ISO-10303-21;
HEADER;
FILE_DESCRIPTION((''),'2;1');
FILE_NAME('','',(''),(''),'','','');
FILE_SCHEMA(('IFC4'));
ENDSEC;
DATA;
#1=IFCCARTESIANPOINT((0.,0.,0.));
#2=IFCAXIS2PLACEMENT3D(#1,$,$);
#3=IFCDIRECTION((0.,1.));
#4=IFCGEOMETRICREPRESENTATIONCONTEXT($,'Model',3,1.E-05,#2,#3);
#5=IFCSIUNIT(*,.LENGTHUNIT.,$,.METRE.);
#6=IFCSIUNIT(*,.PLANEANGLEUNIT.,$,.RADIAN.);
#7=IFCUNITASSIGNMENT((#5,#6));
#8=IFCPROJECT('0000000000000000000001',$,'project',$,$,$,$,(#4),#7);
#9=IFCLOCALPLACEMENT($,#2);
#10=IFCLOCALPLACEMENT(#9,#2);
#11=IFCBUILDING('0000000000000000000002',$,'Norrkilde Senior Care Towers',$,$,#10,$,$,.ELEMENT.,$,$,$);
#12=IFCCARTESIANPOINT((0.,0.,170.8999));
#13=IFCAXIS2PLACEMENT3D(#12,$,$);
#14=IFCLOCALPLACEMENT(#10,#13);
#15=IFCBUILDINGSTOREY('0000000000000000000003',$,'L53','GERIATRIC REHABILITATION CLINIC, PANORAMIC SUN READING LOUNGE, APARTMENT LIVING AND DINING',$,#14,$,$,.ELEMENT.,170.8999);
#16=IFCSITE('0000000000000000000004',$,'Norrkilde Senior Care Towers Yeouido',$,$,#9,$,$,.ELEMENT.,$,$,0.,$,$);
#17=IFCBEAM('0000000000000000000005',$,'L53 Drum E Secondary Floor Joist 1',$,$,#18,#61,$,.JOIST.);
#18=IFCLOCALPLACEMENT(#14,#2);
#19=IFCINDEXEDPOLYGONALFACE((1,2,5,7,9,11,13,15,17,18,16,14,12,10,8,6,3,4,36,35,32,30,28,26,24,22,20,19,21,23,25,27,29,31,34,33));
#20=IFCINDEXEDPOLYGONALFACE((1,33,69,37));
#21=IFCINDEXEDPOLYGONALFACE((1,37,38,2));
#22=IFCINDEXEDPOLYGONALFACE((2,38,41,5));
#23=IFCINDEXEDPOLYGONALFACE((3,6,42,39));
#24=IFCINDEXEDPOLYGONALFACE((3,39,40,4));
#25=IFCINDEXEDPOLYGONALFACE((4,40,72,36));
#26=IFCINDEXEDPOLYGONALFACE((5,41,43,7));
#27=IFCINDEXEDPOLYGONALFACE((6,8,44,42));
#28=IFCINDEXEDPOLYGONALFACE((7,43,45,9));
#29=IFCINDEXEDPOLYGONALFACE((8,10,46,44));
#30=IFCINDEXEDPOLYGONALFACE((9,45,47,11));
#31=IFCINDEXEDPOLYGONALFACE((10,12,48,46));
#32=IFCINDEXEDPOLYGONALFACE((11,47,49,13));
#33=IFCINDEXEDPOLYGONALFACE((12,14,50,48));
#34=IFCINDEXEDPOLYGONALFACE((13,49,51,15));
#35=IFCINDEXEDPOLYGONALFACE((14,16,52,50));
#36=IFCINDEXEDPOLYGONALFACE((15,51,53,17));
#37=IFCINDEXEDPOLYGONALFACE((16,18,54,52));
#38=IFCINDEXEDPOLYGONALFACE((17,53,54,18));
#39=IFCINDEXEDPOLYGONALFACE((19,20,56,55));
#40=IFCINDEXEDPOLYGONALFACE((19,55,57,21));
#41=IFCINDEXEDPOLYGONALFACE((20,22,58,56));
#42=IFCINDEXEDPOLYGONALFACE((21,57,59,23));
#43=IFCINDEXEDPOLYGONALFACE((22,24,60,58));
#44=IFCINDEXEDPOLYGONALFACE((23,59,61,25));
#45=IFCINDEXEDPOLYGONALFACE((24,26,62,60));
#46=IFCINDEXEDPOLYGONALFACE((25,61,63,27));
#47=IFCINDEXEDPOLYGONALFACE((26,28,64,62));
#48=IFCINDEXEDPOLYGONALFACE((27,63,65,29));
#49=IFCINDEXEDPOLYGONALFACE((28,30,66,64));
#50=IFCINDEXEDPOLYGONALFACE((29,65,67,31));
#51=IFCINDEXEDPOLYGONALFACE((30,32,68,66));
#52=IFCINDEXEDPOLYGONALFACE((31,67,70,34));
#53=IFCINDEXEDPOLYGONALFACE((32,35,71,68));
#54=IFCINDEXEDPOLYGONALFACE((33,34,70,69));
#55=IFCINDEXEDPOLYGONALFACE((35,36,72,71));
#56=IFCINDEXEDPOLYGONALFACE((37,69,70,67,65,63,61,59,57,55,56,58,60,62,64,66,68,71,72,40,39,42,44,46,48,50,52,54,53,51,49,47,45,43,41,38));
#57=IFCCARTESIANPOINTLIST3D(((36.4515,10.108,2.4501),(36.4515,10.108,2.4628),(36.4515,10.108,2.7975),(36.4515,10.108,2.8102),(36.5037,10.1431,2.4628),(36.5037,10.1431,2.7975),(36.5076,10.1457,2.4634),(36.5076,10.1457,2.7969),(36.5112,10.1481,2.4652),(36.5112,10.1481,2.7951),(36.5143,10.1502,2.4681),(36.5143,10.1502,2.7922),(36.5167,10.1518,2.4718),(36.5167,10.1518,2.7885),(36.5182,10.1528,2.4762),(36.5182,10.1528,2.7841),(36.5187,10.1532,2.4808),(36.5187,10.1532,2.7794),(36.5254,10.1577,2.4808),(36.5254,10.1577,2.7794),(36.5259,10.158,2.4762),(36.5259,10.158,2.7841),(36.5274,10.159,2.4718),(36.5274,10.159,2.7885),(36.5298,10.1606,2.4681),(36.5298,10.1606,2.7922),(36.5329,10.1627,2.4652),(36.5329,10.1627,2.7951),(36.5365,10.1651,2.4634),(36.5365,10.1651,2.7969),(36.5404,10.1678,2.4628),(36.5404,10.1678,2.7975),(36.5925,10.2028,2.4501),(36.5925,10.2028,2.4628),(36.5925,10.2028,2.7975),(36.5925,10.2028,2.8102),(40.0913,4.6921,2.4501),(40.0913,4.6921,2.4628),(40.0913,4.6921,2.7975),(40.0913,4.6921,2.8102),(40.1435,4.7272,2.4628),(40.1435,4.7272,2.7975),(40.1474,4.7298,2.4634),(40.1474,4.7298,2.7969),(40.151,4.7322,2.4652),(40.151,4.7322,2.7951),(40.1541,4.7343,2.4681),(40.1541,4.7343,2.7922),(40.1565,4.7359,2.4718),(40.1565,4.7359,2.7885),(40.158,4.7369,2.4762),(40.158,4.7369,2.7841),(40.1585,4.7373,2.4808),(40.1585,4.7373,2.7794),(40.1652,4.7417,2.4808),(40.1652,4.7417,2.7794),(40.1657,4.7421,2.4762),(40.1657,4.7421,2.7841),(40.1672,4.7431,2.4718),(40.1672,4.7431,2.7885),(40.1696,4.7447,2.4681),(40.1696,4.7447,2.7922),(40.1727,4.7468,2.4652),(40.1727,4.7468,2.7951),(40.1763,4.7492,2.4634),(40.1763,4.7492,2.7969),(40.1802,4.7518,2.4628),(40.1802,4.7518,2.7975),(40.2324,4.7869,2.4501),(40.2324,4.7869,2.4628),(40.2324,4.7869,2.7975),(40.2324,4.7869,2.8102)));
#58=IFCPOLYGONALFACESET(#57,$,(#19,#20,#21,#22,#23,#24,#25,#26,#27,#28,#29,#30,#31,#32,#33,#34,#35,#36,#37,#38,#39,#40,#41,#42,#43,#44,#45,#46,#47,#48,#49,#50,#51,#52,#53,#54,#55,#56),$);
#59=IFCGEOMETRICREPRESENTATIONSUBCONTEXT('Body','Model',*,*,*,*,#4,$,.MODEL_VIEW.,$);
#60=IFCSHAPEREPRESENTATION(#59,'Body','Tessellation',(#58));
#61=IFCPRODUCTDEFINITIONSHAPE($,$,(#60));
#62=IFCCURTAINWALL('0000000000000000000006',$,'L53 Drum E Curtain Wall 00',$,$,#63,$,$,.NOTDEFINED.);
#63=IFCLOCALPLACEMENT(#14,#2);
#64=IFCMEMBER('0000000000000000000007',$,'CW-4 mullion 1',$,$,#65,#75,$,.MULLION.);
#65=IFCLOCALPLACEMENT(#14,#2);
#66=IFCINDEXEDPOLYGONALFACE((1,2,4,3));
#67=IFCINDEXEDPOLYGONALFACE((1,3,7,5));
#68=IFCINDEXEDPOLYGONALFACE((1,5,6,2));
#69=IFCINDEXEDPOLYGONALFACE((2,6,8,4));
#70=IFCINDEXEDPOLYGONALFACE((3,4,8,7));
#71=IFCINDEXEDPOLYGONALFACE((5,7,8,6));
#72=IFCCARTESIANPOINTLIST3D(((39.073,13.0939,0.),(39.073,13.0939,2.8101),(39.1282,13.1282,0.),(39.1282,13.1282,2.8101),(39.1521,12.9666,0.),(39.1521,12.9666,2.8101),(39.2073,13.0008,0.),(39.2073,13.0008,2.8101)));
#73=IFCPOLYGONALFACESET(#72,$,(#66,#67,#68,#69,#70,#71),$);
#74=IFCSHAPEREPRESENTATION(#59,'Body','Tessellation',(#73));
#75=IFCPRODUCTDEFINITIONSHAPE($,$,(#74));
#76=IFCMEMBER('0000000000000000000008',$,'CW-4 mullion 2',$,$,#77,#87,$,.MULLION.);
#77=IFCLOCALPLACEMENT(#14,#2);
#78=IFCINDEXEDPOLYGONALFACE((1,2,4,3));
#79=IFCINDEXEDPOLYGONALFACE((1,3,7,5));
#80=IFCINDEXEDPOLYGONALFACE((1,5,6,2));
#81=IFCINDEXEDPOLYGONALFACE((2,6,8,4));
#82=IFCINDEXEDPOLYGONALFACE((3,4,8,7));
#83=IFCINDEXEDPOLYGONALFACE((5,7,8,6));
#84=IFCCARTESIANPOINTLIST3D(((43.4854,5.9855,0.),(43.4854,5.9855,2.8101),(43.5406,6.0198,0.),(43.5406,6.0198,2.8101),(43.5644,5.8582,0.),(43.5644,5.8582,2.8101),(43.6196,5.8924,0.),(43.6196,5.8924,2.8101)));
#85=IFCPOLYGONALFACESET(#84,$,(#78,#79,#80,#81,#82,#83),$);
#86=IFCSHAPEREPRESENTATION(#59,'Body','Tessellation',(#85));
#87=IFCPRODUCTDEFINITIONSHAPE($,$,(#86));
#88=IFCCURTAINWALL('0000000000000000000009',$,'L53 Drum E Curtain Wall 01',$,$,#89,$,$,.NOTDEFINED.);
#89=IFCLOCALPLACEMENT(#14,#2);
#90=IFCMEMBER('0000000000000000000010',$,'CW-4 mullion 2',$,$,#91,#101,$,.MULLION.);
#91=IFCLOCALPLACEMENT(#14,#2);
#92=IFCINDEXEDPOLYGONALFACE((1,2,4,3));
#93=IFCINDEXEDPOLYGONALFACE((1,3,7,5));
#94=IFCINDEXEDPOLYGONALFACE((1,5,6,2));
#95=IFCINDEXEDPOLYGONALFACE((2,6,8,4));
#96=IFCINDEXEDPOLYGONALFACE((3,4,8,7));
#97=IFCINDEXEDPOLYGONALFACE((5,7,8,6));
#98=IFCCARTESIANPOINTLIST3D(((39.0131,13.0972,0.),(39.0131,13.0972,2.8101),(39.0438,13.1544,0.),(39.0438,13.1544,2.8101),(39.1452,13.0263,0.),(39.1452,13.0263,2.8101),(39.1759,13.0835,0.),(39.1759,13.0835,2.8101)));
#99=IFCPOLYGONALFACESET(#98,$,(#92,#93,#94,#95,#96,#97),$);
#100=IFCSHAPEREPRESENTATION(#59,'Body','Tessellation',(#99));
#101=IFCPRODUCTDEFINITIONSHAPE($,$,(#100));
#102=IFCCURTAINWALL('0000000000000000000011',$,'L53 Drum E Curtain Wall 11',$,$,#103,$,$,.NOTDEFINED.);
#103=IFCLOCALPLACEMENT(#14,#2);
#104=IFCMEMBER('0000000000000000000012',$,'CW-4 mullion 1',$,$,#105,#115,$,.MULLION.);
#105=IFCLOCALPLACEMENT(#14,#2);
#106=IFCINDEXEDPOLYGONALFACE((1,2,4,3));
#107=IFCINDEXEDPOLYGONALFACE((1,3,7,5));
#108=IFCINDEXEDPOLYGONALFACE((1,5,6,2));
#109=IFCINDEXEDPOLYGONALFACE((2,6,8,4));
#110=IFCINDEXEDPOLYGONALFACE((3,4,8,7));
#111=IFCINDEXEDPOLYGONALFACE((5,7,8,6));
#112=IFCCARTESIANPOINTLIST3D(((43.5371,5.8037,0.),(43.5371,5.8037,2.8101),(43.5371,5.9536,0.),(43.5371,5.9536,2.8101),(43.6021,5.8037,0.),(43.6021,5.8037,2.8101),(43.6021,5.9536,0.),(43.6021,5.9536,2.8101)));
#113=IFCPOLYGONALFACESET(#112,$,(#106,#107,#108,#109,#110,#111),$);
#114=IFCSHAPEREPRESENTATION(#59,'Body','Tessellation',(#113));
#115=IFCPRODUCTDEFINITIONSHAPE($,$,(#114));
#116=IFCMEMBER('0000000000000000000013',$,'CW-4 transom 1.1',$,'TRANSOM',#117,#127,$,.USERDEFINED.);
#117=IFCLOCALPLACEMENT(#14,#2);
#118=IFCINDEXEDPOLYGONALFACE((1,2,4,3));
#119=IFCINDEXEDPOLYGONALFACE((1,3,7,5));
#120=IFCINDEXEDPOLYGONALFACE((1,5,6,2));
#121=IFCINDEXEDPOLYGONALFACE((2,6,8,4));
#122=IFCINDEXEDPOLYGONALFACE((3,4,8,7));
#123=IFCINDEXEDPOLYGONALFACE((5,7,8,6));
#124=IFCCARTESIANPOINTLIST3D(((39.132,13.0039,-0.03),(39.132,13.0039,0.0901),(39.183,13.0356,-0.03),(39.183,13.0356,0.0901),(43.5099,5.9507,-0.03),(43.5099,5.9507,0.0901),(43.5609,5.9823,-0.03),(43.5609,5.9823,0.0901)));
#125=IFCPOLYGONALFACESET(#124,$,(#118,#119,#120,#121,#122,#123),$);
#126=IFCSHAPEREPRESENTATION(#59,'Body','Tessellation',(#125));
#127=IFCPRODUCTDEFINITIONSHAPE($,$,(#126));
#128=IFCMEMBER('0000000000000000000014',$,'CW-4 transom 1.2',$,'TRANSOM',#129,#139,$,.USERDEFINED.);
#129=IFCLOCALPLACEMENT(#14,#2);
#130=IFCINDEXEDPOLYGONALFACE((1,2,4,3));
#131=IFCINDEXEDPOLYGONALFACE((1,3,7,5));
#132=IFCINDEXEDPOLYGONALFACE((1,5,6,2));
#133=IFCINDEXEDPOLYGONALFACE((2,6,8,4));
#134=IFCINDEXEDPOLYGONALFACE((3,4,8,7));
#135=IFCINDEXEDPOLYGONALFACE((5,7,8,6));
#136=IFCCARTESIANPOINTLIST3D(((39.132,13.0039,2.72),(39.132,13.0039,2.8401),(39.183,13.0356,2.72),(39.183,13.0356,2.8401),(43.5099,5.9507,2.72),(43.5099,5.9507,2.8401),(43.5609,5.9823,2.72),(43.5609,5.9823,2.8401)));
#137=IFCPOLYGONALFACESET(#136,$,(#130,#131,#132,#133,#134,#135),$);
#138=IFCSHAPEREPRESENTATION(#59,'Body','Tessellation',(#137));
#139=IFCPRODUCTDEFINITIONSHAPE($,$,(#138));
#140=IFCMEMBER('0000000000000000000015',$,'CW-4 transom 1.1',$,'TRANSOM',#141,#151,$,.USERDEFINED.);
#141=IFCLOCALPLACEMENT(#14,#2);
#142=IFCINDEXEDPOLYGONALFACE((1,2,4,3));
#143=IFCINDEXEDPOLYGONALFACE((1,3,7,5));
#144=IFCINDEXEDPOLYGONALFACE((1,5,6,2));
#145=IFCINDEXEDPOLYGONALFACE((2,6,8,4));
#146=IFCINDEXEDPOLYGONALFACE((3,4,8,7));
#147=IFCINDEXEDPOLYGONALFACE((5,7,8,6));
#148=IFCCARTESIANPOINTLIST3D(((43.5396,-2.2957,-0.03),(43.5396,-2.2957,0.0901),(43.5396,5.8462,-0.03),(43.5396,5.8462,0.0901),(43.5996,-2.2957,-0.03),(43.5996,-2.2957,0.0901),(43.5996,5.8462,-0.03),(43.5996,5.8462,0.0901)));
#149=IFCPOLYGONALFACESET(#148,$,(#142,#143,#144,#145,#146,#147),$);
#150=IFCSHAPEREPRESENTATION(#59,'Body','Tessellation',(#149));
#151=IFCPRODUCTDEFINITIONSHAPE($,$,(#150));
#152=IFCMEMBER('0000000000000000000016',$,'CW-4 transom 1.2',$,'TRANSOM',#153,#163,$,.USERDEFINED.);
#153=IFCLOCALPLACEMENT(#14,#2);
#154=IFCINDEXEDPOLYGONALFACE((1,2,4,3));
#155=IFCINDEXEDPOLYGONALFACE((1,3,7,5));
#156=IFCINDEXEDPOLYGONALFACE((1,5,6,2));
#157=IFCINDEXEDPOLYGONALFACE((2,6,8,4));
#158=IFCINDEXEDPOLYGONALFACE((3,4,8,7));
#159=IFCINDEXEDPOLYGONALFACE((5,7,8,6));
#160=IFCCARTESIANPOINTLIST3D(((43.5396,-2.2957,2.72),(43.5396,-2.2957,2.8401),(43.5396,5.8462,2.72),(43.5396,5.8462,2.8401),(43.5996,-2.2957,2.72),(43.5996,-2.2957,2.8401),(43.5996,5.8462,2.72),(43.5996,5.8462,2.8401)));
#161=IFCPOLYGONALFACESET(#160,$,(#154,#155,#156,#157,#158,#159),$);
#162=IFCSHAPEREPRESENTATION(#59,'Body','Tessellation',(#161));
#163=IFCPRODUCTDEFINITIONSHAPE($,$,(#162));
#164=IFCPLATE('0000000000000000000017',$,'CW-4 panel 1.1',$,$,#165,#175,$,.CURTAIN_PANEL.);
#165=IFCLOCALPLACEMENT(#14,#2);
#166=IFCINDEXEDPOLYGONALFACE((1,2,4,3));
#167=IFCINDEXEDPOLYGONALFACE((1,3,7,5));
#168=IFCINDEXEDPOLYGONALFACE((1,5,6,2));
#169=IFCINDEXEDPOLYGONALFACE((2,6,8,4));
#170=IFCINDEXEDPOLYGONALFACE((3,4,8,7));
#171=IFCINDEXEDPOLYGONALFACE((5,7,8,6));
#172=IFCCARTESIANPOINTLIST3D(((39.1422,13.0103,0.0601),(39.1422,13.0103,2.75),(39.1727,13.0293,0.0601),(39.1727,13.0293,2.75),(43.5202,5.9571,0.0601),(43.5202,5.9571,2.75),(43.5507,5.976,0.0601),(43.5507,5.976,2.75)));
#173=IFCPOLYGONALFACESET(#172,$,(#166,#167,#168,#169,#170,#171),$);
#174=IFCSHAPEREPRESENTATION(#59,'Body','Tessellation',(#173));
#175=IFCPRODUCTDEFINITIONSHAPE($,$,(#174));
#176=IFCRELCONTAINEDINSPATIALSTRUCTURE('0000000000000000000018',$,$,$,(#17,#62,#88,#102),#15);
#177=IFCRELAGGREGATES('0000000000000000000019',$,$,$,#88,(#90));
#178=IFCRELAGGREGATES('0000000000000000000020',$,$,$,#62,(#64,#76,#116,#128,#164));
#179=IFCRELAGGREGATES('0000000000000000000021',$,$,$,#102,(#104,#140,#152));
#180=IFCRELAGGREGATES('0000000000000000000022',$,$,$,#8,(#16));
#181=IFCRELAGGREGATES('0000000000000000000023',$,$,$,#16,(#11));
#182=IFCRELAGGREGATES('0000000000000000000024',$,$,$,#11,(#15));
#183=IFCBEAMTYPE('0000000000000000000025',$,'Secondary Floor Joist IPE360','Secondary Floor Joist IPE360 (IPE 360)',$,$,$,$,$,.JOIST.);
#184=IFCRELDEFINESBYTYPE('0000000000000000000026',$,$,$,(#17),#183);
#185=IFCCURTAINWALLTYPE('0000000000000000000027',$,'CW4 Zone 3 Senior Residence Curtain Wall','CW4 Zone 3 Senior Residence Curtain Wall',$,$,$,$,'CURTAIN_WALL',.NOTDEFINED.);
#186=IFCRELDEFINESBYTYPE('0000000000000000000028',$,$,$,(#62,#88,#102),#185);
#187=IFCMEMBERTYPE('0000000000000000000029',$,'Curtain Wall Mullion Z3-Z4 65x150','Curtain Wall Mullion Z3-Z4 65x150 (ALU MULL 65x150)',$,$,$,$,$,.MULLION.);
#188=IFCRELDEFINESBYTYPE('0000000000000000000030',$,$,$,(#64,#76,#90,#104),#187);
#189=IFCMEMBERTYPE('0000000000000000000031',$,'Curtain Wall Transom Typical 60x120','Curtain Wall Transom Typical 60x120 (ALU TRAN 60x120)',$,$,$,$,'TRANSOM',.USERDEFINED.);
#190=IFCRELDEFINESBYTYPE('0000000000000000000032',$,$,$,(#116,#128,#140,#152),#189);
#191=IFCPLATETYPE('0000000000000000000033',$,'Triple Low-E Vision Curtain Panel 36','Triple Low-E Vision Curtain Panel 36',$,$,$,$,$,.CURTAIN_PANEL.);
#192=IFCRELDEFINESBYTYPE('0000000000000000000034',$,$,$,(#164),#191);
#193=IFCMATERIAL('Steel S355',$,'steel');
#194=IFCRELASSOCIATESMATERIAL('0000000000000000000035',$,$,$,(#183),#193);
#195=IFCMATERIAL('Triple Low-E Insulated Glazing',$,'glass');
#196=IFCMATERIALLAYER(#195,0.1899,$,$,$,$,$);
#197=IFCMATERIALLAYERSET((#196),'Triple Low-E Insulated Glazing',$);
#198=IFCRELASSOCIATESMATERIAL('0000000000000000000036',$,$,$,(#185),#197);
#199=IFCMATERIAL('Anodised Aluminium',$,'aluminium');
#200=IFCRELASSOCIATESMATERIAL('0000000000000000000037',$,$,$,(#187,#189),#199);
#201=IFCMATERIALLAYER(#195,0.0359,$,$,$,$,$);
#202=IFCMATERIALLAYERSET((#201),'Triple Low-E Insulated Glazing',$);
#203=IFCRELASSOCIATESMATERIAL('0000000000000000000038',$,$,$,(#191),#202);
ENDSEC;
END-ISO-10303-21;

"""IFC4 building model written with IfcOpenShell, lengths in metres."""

from ifc_helpers import new_model, si_unit, direction, frame, origin, origin_2d, place, context, subcontext, project, spatial, rectangle, i_section, extrude, source, transform, mapped, material, layer, layer_set, material_profile, profile_set, type_object, type_shapes, element, aggregate, save


model = new_model("IFC4")

# Units and contexts
model_context = context("Model", 3, precision=1e-05, world=origin(), true_north=direction((0.0, 1.0)))
body_context = subcontext(model_context, "Body", "Model", "MODEL_VIEW")
ifc_project = project(units=[si_unit("LENGTHUNIT", "METRE"), si_unit("PLANEANGLEUNIT", "RADIAN")], contexts=[model_context])

# Site, building, storey
site_placement = place(None, origin())
site = spatial("IfcSite", under=ifc_project, at=site_placement, Name="Norrkilde Senior Care Towers Yeouido", CompositionType="ELEMENT", RefElevation=0.0)
building_placement = place(site_placement, origin())
building = spatial("IfcBuilding", under=site, at=building_placement, Name="Norrkilde Senior Care Towers", CompositionType="ELEMENT")
storey_placement = place(building_placement, frame((0.0, 0.0, 170.8999)))
storey = spatial("IfcBuildingStorey", under=building, at=storey_placement, Name="L53", Description="GERIATRIC REHABILITATION CLINIC, PANORAMIC SUN READING LOUNGE, APARTMENT LIVING AND DINING", CompositionType="ELEMENT", Elevation=170.8999)

# Beam
ifc_material_1 = material(Name="Steel S355", Category="steel")
ifc_material_profile_1 = material_profile(ifc_material_1, i_section(OverallWidth=0.1699, OverallDepth=0.3601, WebThickness=0.0081, FlangeThickness=0.0127, FilletRadius=0.0181, at=origin_2d()), Name="IPE 360")
ifc_profile_set_1 = profile_set([ifc_material_profile_1], Name="Steel S355")
beam_type_1 = type_object("IfcBeamType", Name="Secondary Floor Joist IPE360", Description="Secondary Floor Joist IPE360 (IPE 360)", PredefinedType="JOIST", material=ifc_profile_set_1)
shared_shape_1 = source(origin(), body_context, "Body", "SweptSolid", [
    extrude(i_section(OverallWidth=0.1699, OverallDepth=0.3601, WebThickness=0.0081, FlangeThickness=0.0127, FilletRadius=0.0181, at=origin_2d()), origin(), (0.0, 0.0, 1.0), 6.5254),
])
type_shapes(beam_type_1, [shared_shape_1])
beam_1_placement = place(storey_placement, frame((40.1619, 4.7395, 2.6301), z_axis=(-0.557796, 0.829978, 0.0), x_axis=(-0.829978, -0.557796, 0.0)))
element("IfcBeam", 1, at=beam_1_placement, inside=storey, type_object=beam_type_1, Name="L53 Drum E Secondary Floor Joist 1", PredefinedType="JOIST", context=body_context, shape_type="MappedRepresentation", body=[
    mapped(shared_shape_1, transform((0.0, 0.0, 0.0), x_axis=(1.0, 0.0, 0.0), y_axis=(0.0, 1.0, 0.0), z_axis=(0.0, 0.0, 1.0), scale=1.0)),
])

# Curtain wall, members
ifc_material_2 = material(Name="Triple Low-E Insulated Glazing", Category="glass")
ifc_layer_1 = layer(ifc_material_2, 0.1899)
ifc_layer_set_1 = layer_set([ifc_layer_1], Name="Triple Low-E Insulated Glazing")
curtain_wall_type = type_object("IfcCurtainWallType", Name="CW4 Zone 3 Senior Residence Curtain Wall", Description="CW4 Zone 3 Senior Residence Curtain Wall", ElementType="CURTAIN_WALL", PredefinedType="NOTDEFINED", material=ifc_layer_set_1)
curtain_wall_1_placement = place(storey_placement, origin())
curtain_wall_1 = element("IfcCurtainWall", 2, at=curtain_wall_1_placement, inside=storey, type_object=curtain_wall_type, Name="L53 Drum E Curtain Wall 00", PredefinedType="NOTDEFINED")
ifc_material_3 = material(Name="Anodised Aluminium", Category="aluminium")
ifc_material_profile_2 = material_profile(ifc_material_3, rectangle(XDim=0.0649, YDim=0.1499, at=origin_2d()), Name="ALU MULL 65x150")
ifc_profile_set_2 = profile_set([ifc_material_profile_2], Name="Anodised Aluminium")
member_type_1 = type_object("IfcMemberType", Name="Curtain Wall Mullion Z3-Z4 65x150", Description="Curtain Wall Mullion Z3-Z4 65x150 (ALU MULL 65x150)", PredefinedType="MULLION", material=ifc_profile_set_2)
shared_shape_2 = source(origin(), body_context, "Body", "SweptSolid", [
    extrude(rectangle(XDim=0.0649, YDim=0.1499, at=origin_2d()), origin(), (0.0, 0.0, 1.0), 2.8101),
])
type_shapes(member_type_1, [shared_shape_2])
member_1_placement = place(storey_placement, frame((39.1401, 13.0474, 0.0), z_axis=(0.0, 0.0, 1.0), x_axis=(0.849634, 0.527373, 0.0)))
member_1 = element("IfcMember", 3, at=member_1_placement, type_object=member_type_1, Name="CW-4 mullion 1", PredefinedType="MULLION", context=body_context, shape_type="MappedRepresentation", body=[
    mapped(shared_shape_2, transform((0.0, 0.0, 0.0), x_axis=(1.0, 0.0, 0.0), y_axis=(0.0, 1.0, 0.0), z_axis=(0.0, 0.0, 1.0), scale=1.0)),
])
member_2_placement = place(storey_placement, frame((43.5525, 5.939, 0.0), z_axis=(0.0, 0.0, 1.0), x_axis=(0.849634, 0.527373, 0.0)))
member_2 = element("IfcMember", 4, at=member_2_placement, type_object=member_type_1, Name="CW-4 mullion 2", PredefinedType="MULLION", context=body_context, shape_type="MappedRepresentation", body=[
    mapped(shared_shape_2, transform((0.0, 0.0, 0.0), x_axis=(1.0, 0.0, 0.0), y_axis=(0.0, 1.0, 0.0), z_axis=(0.0, 0.0, 1.0), scale=1.0)),
])

# Curtain walls, members
curtain_wall_2_placement = place(storey_placement, origin())
curtain_wall_2 = element("IfcCurtainWall", 5, at=curtain_wall_2_placement, inside=storey, type_object=curtain_wall_type, Name="L53 Drum E Curtain Wall 01", PredefinedType="NOTDEFINED")
member_3_placement = place(storey_placement, frame((39.0945, 13.0903, 0.0), z_axis=(0.0, 0.0, 1.0), x_axis=(0.473117, 0.881, 0.0)))
member_3 = element("IfcMember", 6, at=member_3_placement, type_object=member_type_1, Name="CW-4 mullion 2", PredefinedType="MULLION", context=body_context, shape_type="MappedRepresentation", body=[
    mapped(shared_shape_2, transform((0.0, 0.0, 0.0), x_axis=(1.0, 0.0, 0.0), y_axis=(0.0, 1.0, 0.0), z_axis=(0.0, 0.0, 1.0), scale=1.0)),
])
aggregate(curtain_wall_2, [member_3])
curtain_wall_3_placement = place(storey_placement, origin())
curtain_wall_3 = element("IfcCurtainWall", 7, at=curtain_wall_3_placement, inside=storey, type_object=curtain_wall_type, Name="L53 Drum E Curtain Wall 11", PredefinedType="NOTDEFINED")
member_4_placement = place(storey_placement, frame((43.5696, 5.8787, 0.0), z_axis=(0.0, 0.0, 1.0), x_axis=(1.0, 0.0, 0.0)))
member_4 = element("IfcMember", 8, at=member_4_placement, type_object=member_type_1, Name="CW-4 mullion 1", PredefinedType="MULLION", context=body_context, shape_type="MappedRepresentation", body=[
    mapped(shared_shape_2, transform((0.0, 0.0, 0.0), x_axis=(1.0, 0.0, 0.0), y_axis=(0.0, 1.0, 0.0), z_axis=(0.0, 0.0, 1.0), scale=1.0)),
])

# Members
ifc_material_profile_3 = material_profile(ifc_material_3, rectangle(XDim=0.0601, YDim=0.1201, at=origin_2d()), Name="ALU TRAN 60x120")
ifc_profile_set_3 = profile_set([ifc_material_profile_3], Name="Anodised Aluminium")
member_type_2 = type_object("IfcMemberType", Name="Curtain Wall Transom Typical 60x120", Description="Curtain Wall Transom Typical 60x120 (ALU TRAN 60x120)", ElementType="TRANSOM", PredefinedType="USERDEFINED", material=ifc_profile_set_3)
shared_shape_3 = source(origin(), body_context, "Body", "SweptSolid", [
    extrude(rectangle(XDim=0.0601, YDim=0.1201, at=origin_2d()), origin(), (0.0, 0.0, 1.0), 8.3015),
])
member_5_placement = place(storey_placement, frame((39.1575, 13.0198, 0.03), z_axis=(0.527369, -0.849637, 0.0), x_axis=(0.849637, 0.527369, 0.0)))
member_5 = element("IfcMember", 9, at=member_5_placement, type_object=member_type_2, Name="CW-4 transom 1.1", ObjectType="TRANSOM", PredefinedType="USERDEFINED", context=body_context, shape_type="MappedRepresentation", body=[
    mapped(shared_shape_3, transform((0.0, 0.0, 0.0), x_axis=(1.0, 0.0, 0.0), y_axis=(0.0, 1.0, 0.0), z_axis=(0.0, 0.0, 1.0), scale=1.0)),
])
member_6_placement = place(storey_placement, frame((39.1575, 13.0198, 2.78), z_axis=(0.527369, -0.849637, 0.0), x_axis=(0.849637, 0.527369, 0.0)))
member_6 = element("IfcMember", 10, at=member_6_placement, type_object=member_type_2, Name="CW-4 transom 1.2", ObjectType="TRANSOM", PredefinedType="USERDEFINED", context=body_context, shape_type="MappedRepresentation", body=[
    mapped(shared_shape_3, transform((0.0, 0.0, 0.0), x_axis=(1.0, 0.0, 0.0), y_axis=(0.0, 1.0, 0.0), z_axis=(0.0, 0.0, 1.0), scale=1.0)),
])
shared_shape_4 = source(origin(), body_context, "Body", "SweptSolid", [
    extrude(rectangle(XDim=0.0601, YDim=0.1201, at=origin_2d()), origin(), (0.0, 0.0, 1.0), 8.1418),
])
type_shapes(member_type_2, [shared_shape_3, shared_shape_4])
member_7_placement = place(storey_placement, frame((43.5696, 5.8462, 0.03), z_axis=(0.0, -1.0, 0.0), x_axis=(1.0, 0.0, 0.0)))
member_7 = element("IfcMember", 11, at=member_7_placement, type_object=member_type_2, Name="CW-4 transom 1.1", ObjectType="TRANSOM", PredefinedType="USERDEFINED", context=body_context, shape_type="MappedRepresentation", body=[
    mapped(shared_shape_4, transform((0.0, 0.0, 0.0), x_axis=(1.0, 0.0, 0.0), y_axis=(0.0, 1.0, 0.0), z_axis=(0.0, 0.0, 1.0), scale=1.0)),
])
member_8_placement = place(storey_placement, frame((43.5696, 5.8462, 2.78), z_axis=(0.0, -1.0, 0.0), x_axis=(1.0, 0.0, 0.0)))
member_8 = element("IfcMember", 12, at=member_8_placement, type_object=member_type_2, Name="CW-4 transom 1.2", ObjectType="TRANSOM", PredefinedType="USERDEFINED", context=body_context, shape_type="MappedRepresentation", body=[
    mapped(shared_shape_4, transform((0.0, 0.0, 0.0), x_axis=(1.0, 0.0, 0.0), y_axis=(0.0, 1.0, 0.0), z_axis=(0.0, 0.0, 1.0), scale=1.0)),
])

# Plate
ifc_layer_2 = layer(ifc_material_2, 0.0359)
ifc_layer_set_2 = layer_set([ifc_layer_2], Name="Triple Low-E Insulated Glazing")
plate_type = type_object("IfcPlateType", Name="Triple Low-E Vision Curtain Panel 36", Description="Triple Low-E Vision Curtain Panel 36", PredefinedType="CURTAIN_PANEL", material=ifc_layer_set_2)
shared_shape_5 = source(origin(), body_context, "Body", "SweptSolid", [
    extrude(rectangle(XDim=8.3015, YDim=0.0359, at=origin_2d()), origin(), (0.0, 0.0, 1.0), 2.6899),
])
plate_1_placement = place(storey_placement, frame((41.3464, 9.4932, 0.0601), z_axis=(0.0, 0.0, 1.0), x_axis=(0.527373, -0.849634, 0.0)))
plate_1 = element("IfcPlate", 13, at=plate_1_placement, type_object=plate_type, Name="CW-4 panel 1.1", PredefinedType="CURTAIN_PANEL", context=body_context, shape_type="MappedRepresentation", body=[
    mapped(shared_shape_5, transform((0.0, 0.0, 0.0), x_axis=(1.0, 0.0, 0.0), y_axis=(0.0, 1.0, 0.0), z_axis=(0.0, 0.0, 1.0), scale=1.0)),
])
aggregate(curtain_wall_1, [member_1, member_2, member_5, member_6, plate_1])
aggregate(curtain_wall_3, [member_4, member_7, member_8])

save(model, "model.ifc")
